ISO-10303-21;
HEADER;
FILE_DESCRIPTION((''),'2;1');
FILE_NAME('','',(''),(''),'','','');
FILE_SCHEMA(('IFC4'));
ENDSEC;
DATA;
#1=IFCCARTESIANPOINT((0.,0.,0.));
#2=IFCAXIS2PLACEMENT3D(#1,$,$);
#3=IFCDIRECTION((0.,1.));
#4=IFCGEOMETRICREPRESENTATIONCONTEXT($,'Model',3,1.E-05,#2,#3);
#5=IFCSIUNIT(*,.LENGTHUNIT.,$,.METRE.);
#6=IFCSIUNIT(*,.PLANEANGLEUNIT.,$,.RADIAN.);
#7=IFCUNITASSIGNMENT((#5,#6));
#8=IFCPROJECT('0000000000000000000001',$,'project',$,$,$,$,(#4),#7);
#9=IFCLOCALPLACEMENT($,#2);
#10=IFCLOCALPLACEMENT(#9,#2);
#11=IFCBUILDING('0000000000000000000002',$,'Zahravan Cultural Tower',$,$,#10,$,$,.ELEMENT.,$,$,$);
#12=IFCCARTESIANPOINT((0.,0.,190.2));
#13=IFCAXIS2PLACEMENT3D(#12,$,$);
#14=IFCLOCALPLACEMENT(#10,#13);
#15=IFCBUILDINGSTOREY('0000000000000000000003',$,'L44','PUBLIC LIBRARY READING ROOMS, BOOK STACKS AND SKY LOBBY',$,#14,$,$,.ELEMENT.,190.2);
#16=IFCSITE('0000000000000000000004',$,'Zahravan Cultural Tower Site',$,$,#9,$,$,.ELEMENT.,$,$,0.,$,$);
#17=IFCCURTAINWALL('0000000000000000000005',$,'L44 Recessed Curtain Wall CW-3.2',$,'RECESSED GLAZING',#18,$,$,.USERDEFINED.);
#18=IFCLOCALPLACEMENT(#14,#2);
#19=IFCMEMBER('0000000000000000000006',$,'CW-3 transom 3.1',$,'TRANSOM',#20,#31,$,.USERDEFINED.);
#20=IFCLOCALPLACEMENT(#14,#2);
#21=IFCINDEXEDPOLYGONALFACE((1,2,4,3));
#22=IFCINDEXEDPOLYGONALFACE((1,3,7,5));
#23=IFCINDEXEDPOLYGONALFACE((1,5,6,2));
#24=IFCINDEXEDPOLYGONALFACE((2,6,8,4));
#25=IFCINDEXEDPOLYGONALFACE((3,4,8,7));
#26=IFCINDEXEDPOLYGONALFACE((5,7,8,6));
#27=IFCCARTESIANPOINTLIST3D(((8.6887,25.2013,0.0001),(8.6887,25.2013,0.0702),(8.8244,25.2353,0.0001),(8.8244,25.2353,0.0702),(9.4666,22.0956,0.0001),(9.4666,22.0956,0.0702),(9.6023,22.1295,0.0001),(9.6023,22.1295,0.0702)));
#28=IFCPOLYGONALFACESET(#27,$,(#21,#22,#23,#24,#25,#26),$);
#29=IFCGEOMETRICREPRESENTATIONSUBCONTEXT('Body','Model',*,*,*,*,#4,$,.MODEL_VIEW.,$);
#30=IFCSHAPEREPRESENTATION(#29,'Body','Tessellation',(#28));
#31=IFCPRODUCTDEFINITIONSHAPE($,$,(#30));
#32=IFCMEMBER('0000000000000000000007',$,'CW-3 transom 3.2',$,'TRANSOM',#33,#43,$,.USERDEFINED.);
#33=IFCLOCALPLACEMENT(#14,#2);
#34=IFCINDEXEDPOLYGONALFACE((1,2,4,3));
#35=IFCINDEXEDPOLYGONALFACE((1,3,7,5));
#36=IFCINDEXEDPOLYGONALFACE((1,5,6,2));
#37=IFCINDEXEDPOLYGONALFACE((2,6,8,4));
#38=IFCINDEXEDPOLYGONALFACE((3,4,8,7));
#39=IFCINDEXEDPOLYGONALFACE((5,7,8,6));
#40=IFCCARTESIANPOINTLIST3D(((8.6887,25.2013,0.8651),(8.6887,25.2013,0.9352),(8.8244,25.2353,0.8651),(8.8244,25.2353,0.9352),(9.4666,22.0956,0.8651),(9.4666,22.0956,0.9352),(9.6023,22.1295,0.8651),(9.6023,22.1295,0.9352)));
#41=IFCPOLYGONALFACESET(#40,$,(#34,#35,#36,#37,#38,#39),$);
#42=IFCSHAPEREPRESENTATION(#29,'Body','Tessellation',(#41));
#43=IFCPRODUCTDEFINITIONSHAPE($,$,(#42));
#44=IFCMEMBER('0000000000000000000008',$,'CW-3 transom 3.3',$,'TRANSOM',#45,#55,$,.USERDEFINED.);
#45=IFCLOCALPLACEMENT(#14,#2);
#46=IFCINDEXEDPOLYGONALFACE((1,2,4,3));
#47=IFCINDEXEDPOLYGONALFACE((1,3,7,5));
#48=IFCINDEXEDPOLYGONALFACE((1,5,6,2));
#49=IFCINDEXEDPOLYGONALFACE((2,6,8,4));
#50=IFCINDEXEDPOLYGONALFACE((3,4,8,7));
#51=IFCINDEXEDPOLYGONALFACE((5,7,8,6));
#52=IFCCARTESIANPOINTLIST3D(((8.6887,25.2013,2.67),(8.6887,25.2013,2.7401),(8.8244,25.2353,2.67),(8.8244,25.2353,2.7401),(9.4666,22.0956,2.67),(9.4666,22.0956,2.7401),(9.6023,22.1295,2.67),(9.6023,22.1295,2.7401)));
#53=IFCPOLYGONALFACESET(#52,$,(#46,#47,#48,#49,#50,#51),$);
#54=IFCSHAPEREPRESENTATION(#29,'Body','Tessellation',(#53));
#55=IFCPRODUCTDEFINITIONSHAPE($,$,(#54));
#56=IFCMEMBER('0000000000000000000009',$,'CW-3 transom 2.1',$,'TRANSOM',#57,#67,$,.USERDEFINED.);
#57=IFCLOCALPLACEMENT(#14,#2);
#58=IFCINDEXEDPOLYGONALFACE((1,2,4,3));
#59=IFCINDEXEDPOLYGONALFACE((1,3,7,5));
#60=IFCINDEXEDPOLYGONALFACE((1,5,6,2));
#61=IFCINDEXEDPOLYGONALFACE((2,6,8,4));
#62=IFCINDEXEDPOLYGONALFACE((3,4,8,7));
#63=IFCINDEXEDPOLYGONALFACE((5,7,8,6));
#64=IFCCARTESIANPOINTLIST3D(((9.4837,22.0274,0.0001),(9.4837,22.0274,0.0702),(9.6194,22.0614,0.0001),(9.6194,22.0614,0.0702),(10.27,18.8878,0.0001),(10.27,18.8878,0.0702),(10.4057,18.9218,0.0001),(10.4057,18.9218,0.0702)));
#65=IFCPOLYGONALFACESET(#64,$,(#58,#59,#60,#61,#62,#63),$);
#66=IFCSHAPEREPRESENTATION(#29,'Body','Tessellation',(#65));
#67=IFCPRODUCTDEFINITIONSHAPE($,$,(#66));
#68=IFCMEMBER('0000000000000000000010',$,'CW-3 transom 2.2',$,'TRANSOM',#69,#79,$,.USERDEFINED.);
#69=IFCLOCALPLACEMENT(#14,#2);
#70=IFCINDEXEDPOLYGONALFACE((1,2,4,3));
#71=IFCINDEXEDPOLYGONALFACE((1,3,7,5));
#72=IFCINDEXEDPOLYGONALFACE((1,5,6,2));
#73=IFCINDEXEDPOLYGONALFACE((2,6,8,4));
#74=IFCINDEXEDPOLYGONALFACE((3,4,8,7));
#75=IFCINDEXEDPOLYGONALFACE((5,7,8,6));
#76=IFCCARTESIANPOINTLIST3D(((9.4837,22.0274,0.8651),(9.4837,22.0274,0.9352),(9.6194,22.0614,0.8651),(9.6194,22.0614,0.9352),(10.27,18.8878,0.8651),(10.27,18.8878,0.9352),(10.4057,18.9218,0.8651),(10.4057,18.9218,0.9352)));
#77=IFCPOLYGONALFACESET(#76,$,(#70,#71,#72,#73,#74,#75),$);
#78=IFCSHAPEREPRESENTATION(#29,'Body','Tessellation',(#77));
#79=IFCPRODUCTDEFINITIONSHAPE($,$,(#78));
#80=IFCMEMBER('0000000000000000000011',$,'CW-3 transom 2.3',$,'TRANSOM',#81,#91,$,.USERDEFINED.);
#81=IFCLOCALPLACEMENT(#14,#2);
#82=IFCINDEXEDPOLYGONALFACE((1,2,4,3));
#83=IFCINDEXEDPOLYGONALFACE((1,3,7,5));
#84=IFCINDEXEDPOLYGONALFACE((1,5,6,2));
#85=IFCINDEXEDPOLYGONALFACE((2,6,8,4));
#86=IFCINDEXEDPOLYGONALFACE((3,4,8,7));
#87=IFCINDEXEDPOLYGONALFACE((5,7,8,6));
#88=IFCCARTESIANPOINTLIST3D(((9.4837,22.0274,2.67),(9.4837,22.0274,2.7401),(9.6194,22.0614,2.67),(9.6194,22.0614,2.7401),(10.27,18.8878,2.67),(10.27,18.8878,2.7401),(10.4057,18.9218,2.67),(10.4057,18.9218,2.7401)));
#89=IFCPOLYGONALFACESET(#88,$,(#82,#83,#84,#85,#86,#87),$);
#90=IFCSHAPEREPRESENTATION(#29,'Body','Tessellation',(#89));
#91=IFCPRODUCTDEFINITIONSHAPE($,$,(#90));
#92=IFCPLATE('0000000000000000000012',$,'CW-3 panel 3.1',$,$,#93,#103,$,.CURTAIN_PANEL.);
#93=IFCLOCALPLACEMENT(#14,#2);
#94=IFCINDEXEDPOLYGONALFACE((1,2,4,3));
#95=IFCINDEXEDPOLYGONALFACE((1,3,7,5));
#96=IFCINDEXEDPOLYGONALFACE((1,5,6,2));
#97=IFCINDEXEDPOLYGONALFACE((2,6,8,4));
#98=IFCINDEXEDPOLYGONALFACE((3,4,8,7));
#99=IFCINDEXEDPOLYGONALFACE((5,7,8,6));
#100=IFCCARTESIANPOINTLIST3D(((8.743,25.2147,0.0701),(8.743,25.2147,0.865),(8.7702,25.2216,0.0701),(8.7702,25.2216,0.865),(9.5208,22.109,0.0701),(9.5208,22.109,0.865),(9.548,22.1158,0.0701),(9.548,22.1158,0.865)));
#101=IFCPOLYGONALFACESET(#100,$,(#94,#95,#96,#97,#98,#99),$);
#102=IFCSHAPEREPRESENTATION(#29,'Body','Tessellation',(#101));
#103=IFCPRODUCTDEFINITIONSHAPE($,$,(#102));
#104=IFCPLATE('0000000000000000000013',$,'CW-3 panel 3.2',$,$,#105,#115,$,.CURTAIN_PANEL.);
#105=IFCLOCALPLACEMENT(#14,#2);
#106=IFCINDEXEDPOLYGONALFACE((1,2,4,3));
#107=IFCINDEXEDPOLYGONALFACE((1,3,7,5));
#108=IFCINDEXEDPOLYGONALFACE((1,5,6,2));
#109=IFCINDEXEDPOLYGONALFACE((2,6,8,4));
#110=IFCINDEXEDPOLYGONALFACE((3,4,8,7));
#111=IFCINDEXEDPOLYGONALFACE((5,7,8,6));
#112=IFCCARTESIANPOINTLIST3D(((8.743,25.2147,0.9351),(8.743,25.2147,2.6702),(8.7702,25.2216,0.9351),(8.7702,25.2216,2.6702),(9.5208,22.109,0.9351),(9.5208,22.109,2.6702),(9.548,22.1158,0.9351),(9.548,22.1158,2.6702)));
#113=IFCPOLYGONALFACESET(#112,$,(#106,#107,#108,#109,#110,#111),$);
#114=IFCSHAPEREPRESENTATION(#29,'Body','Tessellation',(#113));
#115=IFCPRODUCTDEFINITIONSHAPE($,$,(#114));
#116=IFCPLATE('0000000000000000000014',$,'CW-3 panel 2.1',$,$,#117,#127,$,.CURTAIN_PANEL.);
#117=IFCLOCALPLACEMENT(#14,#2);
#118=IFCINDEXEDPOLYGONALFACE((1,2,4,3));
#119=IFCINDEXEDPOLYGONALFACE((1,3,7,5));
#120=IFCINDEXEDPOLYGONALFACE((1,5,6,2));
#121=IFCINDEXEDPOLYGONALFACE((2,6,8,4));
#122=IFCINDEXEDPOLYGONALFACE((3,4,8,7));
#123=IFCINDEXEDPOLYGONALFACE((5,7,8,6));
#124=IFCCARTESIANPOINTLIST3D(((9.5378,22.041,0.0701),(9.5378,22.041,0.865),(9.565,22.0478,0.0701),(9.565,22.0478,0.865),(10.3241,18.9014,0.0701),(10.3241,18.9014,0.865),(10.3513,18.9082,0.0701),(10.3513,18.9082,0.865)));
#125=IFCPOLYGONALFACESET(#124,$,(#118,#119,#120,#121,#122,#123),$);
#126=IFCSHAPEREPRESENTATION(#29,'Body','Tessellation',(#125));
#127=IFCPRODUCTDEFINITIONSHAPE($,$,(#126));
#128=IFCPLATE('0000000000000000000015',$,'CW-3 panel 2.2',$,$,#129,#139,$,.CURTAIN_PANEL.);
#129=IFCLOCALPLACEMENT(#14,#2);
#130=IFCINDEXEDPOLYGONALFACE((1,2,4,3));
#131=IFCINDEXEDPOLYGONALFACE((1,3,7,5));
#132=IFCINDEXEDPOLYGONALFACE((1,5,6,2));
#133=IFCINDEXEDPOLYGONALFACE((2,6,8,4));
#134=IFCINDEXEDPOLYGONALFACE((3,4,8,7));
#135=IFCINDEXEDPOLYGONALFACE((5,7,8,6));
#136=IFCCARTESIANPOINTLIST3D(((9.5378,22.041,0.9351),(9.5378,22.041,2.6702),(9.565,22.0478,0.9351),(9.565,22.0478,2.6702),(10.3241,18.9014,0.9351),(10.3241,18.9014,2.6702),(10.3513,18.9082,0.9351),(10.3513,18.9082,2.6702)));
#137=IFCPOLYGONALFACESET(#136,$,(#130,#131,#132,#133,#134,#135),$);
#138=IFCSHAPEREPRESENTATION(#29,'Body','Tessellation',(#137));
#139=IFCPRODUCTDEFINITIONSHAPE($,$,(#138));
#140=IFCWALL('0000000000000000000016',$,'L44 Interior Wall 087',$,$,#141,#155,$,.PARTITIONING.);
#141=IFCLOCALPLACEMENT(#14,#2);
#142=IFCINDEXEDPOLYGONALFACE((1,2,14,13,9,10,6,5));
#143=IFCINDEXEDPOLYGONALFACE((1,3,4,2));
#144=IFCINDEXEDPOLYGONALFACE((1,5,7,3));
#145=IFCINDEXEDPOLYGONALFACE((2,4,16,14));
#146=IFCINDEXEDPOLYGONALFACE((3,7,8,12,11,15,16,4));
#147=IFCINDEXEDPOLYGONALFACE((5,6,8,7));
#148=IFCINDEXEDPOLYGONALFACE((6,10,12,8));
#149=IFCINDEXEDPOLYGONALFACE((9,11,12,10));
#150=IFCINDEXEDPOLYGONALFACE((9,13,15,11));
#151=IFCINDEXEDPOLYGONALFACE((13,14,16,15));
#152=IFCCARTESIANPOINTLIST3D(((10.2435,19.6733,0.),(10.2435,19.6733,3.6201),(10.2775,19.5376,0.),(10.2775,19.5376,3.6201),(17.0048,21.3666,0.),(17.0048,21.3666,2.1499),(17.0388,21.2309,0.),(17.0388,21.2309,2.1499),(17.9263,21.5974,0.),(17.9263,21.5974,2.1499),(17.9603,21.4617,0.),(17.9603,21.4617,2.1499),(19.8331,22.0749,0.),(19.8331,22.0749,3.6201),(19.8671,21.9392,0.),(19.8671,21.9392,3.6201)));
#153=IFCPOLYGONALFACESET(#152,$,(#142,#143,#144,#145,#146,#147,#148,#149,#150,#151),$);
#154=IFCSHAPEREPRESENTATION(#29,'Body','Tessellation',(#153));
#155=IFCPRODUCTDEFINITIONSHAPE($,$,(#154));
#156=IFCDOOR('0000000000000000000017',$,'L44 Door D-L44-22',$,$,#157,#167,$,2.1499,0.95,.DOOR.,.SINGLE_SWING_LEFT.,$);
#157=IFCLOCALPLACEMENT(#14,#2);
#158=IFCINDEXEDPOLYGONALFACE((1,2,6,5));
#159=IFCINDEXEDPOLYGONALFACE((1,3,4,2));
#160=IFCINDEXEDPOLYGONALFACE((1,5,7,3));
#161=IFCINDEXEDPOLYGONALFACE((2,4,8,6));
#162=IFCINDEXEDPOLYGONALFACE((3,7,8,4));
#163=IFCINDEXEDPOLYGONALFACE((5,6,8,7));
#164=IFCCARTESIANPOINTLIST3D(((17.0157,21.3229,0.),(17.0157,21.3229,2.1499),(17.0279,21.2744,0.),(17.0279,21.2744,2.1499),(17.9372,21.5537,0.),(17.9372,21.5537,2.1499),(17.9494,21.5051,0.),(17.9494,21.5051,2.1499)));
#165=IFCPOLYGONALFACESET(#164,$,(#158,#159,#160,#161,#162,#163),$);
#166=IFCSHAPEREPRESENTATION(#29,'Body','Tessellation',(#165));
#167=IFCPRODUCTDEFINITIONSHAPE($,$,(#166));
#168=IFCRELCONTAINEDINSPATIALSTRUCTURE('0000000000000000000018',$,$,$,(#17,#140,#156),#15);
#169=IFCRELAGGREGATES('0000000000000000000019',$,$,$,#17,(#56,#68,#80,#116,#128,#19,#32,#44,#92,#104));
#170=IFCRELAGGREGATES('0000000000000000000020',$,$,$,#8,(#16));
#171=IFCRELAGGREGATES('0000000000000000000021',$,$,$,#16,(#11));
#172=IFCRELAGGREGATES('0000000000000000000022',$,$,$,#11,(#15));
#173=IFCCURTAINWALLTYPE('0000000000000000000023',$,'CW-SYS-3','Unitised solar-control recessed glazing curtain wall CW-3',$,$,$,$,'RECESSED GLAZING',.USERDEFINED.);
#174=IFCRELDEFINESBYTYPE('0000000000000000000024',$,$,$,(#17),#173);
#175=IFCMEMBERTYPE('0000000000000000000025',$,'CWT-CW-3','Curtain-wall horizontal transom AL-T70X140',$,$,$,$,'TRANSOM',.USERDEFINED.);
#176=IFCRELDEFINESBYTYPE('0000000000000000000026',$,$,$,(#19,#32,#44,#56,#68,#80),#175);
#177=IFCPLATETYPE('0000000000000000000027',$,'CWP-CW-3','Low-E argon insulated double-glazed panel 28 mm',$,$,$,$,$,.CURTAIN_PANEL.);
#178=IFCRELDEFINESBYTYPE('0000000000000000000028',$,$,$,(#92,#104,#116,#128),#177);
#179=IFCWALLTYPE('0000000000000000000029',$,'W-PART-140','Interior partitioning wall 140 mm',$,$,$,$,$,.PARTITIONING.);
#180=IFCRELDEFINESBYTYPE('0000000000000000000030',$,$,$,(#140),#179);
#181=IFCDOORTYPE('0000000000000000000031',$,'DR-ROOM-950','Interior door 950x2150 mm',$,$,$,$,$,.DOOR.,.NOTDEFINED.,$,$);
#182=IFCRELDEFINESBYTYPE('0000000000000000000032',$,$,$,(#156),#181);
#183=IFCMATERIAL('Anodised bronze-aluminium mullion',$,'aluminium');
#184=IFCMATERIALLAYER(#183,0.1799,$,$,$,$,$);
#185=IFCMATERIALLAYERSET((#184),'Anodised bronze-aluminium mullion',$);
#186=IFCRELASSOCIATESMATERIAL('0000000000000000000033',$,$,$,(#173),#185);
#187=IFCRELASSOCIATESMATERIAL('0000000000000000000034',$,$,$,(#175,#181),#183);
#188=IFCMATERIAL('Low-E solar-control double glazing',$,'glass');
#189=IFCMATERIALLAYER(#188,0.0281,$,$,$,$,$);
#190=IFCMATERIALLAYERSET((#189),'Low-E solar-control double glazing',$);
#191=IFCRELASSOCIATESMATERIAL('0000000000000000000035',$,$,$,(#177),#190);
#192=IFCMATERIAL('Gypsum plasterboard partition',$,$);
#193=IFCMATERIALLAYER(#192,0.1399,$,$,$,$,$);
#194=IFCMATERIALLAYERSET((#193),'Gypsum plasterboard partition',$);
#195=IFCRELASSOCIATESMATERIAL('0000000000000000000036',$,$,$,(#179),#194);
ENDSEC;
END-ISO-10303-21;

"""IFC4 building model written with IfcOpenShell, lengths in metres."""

from ifc_helpers import new_model, si_unit, direction, frame, frame_2d, origin, origin_2d, place, context, subcontext, project, spatial, rectangle, extrude, source, transform, mapped, material, layer, layer_set, material_profile, profile_set, type_object, element, fill, aggregate, save


model = new_model("IFC4")

# Units and contexts
model_context = context("Model", 3, precision=1e-05, world=origin(), true_north=direction((0.0, 1.0)))
body_context = subcontext(model_context, "Body", "Model", "MODEL_VIEW")
ifc_project = project(units=[si_unit("LENGTHUNIT", "METRE"), si_unit("PLANEANGLEUNIT", "RADIAN")], contexts=[model_context])

# Site, building, storey
site_placement = place(None, origin())
site = spatial("IfcSite", under=ifc_project, at=site_placement, Name="Zahravan Cultural Tower Site", CompositionType="ELEMENT", RefElevation=0.0)
building_placement = place(site_placement, origin())
building = spatial("IfcBuilding", under=site, at=building_placement, Name="Zahravan Cultural Tower", CompositionType="ELEMENT")
storey_placement = place(building_placement, frame((0.0, 0.0, 190.2)))
storey = spatial("IfcBuildingStorey", under=building, at=storey_placement, Name="L44", Description="PUBLIC LIBRARY READING ROOMS, BOOK STACKS AND SKY LOBBY", CompositionType="ELEMENT", Elevation=190.2)

# Curtain wall, members, plates
ifc_material_1 = material(Name="Anodised bronze-aluminium mullion", Category="aluminium")
ifc_layer_1 = layer(ifc_material_1, 0.1799)
ifc_layer_set_1 = layer_set([ifc_layer_1], Name="Anodised bronze-aluminium mullion")
curtain_wall_type = type_object("IfcCurtainWallType", Name="CW-SYS-3", Description="Unitised solar-control recessed glazing curtain wall CW-3", ElementType="RECESSED GLAZING", PredefinedType="USERDEFINED", material=ifc_layer_set_1)
curtain_wall_placement = place(storey_placement, origin())
curtain_wall = element("IfcCurtainWall", 1, at=curtain_wall_placement, inside=storey, type_object=curtain_wall_type, Name="L44 Recessed Curtain Wall CW-3.2", ObjectType="RECESSED GLAZING", PredefinedType="USERDEFINED")
ifc_material_profile_1 = material_profile(ifc_material_1, rectangle(XDim=0.1399, YDim=0.0701, at=origin_2d()), Name="AL-T70X140")
ifc_profile_set_1 = profile_set([ifc_material_profile_1], Name="Anodised bronze-aluminium mullion")
member_type_1 = type_object("IfcMemberType", Name="CWT-CW-3", Description="Curtain-wall horizontal transom AL-T70X140", ElementType="TRANSOM", PredefinedType="USERDEFINED", material=ifc_profile_set_1)
shared_shape_1 = source(origin(), body_context, "Body", "SweptSolid", [
    extrude(rectangle(XDim=0.1399, YDim=0.0701, at=origin_2d()), origin(), (0.0, 0.0, 1.0), 3.2017),
])
member_1_placement = place(storey_placement, frame((9.5344, 22.1125, 0.0352), z_axis=(-0.242948, 0.970039, 0.0), x_axis=(-0.970039, -0.242948, 0.0)))
member_1 = element("IfcMember", 2, at=member_1_placement, type_object=member_type_1, Name="CW-3 transom 3.1", ObjectType="TRANSOM", PredefinedType="USERDEFINED", context=body_context, shape_type="MappedRepresentation", body=[
    mapped(shared_shape_1, transform((0.0, 0.0, 0.0), x_axis=(1.0, 0.0, 0.0), y_axis=(0.0, 1.0, 0.0), z_axis=(0.0, 0.0, 1.0), scale=1.0)),
])
member_2_placement = place(storey_placement, frame((9.5344, 22.1125, 0.9001), z_axis=(-0.242948, 0.970039, 0.0), x_axis=(-0.970039, -0.242948, 0.0)))
member_2 = element("IfcMember", 3, at=member_2_placement, type_object=member_type_1, Name="CW-3 transom 3.2", ObjectType="TRANSOM", PredefinedType="USERDEFINED", context=body_context, shape_type="MappedRepresentation", body=[
    mapped(shared_shape_1, transform((0.0, 0.0, 0.0), x_axis=(1.0, 0.0, 0.0), y_axis=(0.0, 1.0, 0.0), z_axis=(0.0, 0.0, 1.0), scale=1.0)),
])
member_3_placement = place(storey_placement, frame((9.5344, 22.1125, 2.7051), z_axis=(-0.242948, 0.970039, 0.0), x_axis=(-0.970039, -0.242948, 0.0)))
member_3 = element("IfcMember", 4, at=member_3_placement, type_object=member_type_1, Name="CW-3 transom 3.3", ObjectType="TRANSOM", PredefinedType="USERDEFINED", context=body_context, shape_type="MappedRepresentation", body=[
    mapped(shared_shape_1, transform((0.0, 0.0, 0.0), x_axis=(1.0, 0.0, 0.0), y_axis=(0.0, 1.0, 0.0), z_axis=(0.0, 0.0, 1.0), scale=1.0)),
])
shared_shape_2 = source(origin(), body_context, "Body", "SweptSolid", [
    extrude(rectangle(XDim=0.1399, YDim=0.0701, at=origin_2d()), origin(), (0.0, 0.0, 1.0), 3.2366),
])
member_4_placement = place(storey_placement, frame((10.3379, 18.9048, 0.0352), z_axis=(-0.242962, 0.970036, 0.0), x_axis=(-0.970036, -0.242962, 0.0)))
member_4 = element("IfcMember", 5, at=member_4_placement, type_object=member_type_1, Name="CW-3 transom 2.1", ObjectType="TRANSOM", PredefinedType="USERDEFINED", context=body_context, shape_type="MappedRepresentation", body=[
    mapped(shared_shape_2, transform((0.0, 0.0, 0.0), x_axis=(1.0, 0.0, 0.0), y_axis=(0.0, 1.0, 0.0), z_axis=(0.0, 0.0, 1.0), scale=1.0)),
])
member_5_placement = place(storey_placement, frame((10.3379, 18.9048, 0.9001), z_axis=(-0.242962, 0.970036, 0.0), x_axis=(-0.970036, -0.242962, 0.0)))
member_5 = element("IfcMember", 6, at=member_5_placement, type_object=member_type_1, Name="CW-3 transom 2.2", ObjectType="TRANSOM", PredefinedType="USERDEFINED", context=body_context, shape_type="MappedRepresentation", body=[
    mapped(shared_shape_2, transform((0.0, 0.0, 0.0), x_axis=(1.0, 0.0, 0.0), y_axis=(0.0, 1.0, 0.0), z_axis=(0.0, 0.0, 1.0), scale=1.0)),
])
member_6_placement = place(storey_placement, frame((10.3379, 18.9048, 2.7051), z_axis=(-0.242962, 0.970036, 0.0), x_axis=(-0.970036, -0.242962, 0.0)))
member_6 = element("IfcMember", 7, at=member_6_placement, type_object=member_type_1, Name="CW-3 transom 2.3", ObjectType="TRANSOM", PredefinedType="USERDEFINED", context=body_context, shape_type="MappedRepresentation", body=[
    mapped(shared_shape_2, transform((0.0, 0.0, 0.0), x_axis=(1.0, 0.0, 0.0), y_axis=(0.0, 1.0, 0.0), z_axis=(0.0, 0.0, 1.0), scale=1.0)),
])
ifc_material_2 = material(Name="Low-E solar-control double glazing", Category="glass")
ifc_layer_2 = layer(ifc_material_2, 0.0281)
ifc_layer_set_2 = layer_set([ifc_layer_2], Name="Low-E solar-control double glazing")
plate_type = type_object("IfcPlateType", Name="CWP-CW-3", Description="Low-E argon insulated double-glazed panel 28 mm", PredefinedType="CURTAIN_PANEL", material=ifc_layer_set_2)
shared_shape_3 = source(origin(), body_context, "Body", "SweptSolid", [
    extrude(rectangle(XDim=3.2017, YDim=0.0281, at=origin_2d()), origin(), (0.0, 0.0, 1.0), 0.7949),
])
plate_1_placement = place(storey_placement, frame((9.1455, 23.6653, 0.0701), z_axis=(0.0, 0.0, 1.0), x_axis=(-0.242944, 0.97004, 0.0)))
plate_1 = element("IfcPlate", 8, at=plate_1_placement, type_object=plate_type, Name="CW-3 panel 3.1", PredefinedType="CURTAIN_PANEL", context=body_context, shape_type="MappedRepresentation", body=[
    mapped(shared_shape_3, transform((0.0, 0.0, 0.0), x_axis=(1.0, 0.0, 0.0), y_axis=(0.0, 1.0, 0.0), z_axis=(0.0, 0.0, 1.0), scale=1.0)),
])
shared_shape_4 = source(origin(), body_context, "Body", "SweptSolid", [
    extrude(rectangle(XDim=3.2017, YDim=0.0281, at=origin_2d()), origin(), (0.0, 0.0, 1.0), 1.7351),
])
plate_2_placement = place(storey_placement, frame((9.1455, 23.6653, 0.9351), z_axis=(0.0, 0.0, 1.0), x_axis=(-0.242944, 0.97004, 0.0)))
plate_2 = element("IfcPlate", 9, at=plate_2_placement, type_object=plate_type, Name="CW-3 panel 3.2", PredefinedType="CURTAIN_PANEL", context=body_context, shape_type="MappedRepresentation", body=[
    mapped(shared_shape_4, transform((0.0, 0.0, 0.0), x_axis=(1.0, 0.0, 0.0), y_axis=(0.0, 1.0, 0.0), z_axis=(0.0, 0.0, 1.0), scale=1.0)),
])
shared_shape_5 = source(origin(), body_context, "Body", "SweptSolid", [
    extrude(rectangle(XDim=3.2366, YDim=0.0281, at=origin_2d()), origin(), (0.0, 0.0, 1.0), 0.7949),
])
plate_3_placement = place(storey_placement, frame((9.9446, 20.4746, 0.0701), z_axis=(0.0, 0.0, 1.0), x_axis=(-0.242944, 0.97004, 0.0)))
plate_3 = element("IfcPlate", 10, at=plate_3_placement, type_object=plate_type, Name="CW-3 panel 2.1", PredefinedType="CURTAIN_PANEL", context=body_context, shape_type="MappedRepresentation", body=[
    mapped(shared_shape_5, transform((0.0, 0.0, 0.0), x_axis=(1.0, 0.0, 0.0), y_axis=(0.0, 1.0, 0.0), z_axis=(0.0, 0.0, 1.0), scale=1.0)),
])
shared_shape_6 = source(origin(), body_context, "Body", "SweptSolid", [
    extrude(rectangle(XDim=3.2366, YDim=0.0281, at=origin_2d()), origin(), (0.0, 0.0, 1.0), 1.7351),
])
plate_4_placement = place(storey_placement, frame((9.9446, 20.4746, 0.9351), z_axis=(0.0, 0.0, 1.0), x_axis=(-0.242944, 0.97004, 0.0)))
plate_4 = element("IfcPlate", 11, at=plate_4_placement, type_object=plate_type, Name="CW-3 panel 2.2", PredefinedType="CURTAIN_PANEL", context=body_context, shape_type="MappedRepresentation", body=[
    mapped(shared_shape_6, transform((0.0, 0.0, 0.0), x_axis=(1.0, 0.0, 0.0), y_axis=(0.0, 1.0, 0.0), z_axis=(0.0, 0.0, 1.0), scale=1.0)),
])
aggregate(curtain_wall, [member_4, member_5, member_6, plate_3, plate_4, member_1, member_2, member_3, plate_1, plate_2])

# Wall, opening, door
ifc_material_3 = material(Name="Gypsum plasterboard partition")
ifc_layer_3 = layer(ifc_material_3, 0.1399)
ifc_layer_set_3 = layer_set([ifc_layer_3], Name="Gypsum plasterboard partition")
wall_type = type_object("IfcWallType", Name="W-PART-140", Description="Interior partitioning wall 140 mm", PredefinedType="PARTITIONING", material=ifc_layer_set_3)
wall_1_placement = place(storey_placement, frame((10.2605, 19.6055, 0.0), z_axis=(0.0, 0.0, 1.0), x_axis=(0.970042, 0.242937, 0.0)))
wall_1 = element("IfcWall", 12, at=wall_1_placement, inside=storey, type_object=wall_type, Name="L44 Interior Wall 087", PredefinedType="PARTITIONING", context=body_context, shape_type="SweptSolid", body=[
    extrude(rectangle(XDim=9.8857, YDim=0.1399, at=frame_2d((4.9429, 0.0))), origin(), (0.0, 0.0, 1.0), 3.6201),
])
opening_1_placement = place(wall_1_placement, frame((6.97, 0.0, 0.0)))
opening_1 = element("IfcOpeningElement", 13, at=opening_1_placement, cuts=wall_1, PredefinedType="OPENING", context=body_context, shape_type="SweptSolid", body=[
    extrude(rectangle(XDim=0.95, YDim=2.1499, at=frame_2d((0.4751, 1.075))), frame((0.0, 0.0798, 0.0), z_axis=(0.0, -1.0, 0.0), x_axis=(1.0, 0.0, 0.0)), (0.0, 0.0, 1.0), 0.1599),
])
door_type = type_object("IfcDoorType", Name="DR-ROOM-950", Description="Interior door 950x2150 mm", OperationType="NOTDEFINED", PredefinedType="DOOR", material=ifc_material_1)
shared_shape_7 = source(origin(), body_context, "Body", "SweptSolid", [
    extrude(rectangle(XDim=0.95, YDim=2.1499, at=frame_2d((0.4751, 1.075))), frame((0.0, 0.0249, 0.0), z_axis=(0.0, -1.0, 0.0), x_axis=(1.0, 0.0, 0.0)), (0.0, 0.0, 1.0), 0.05),
])
door_1_placement = place(opening_1_placement, origin())
door_1 = element("IfcDoor", 14, at=door_1_placement, inside=storey, type_object=door_type, Name="L44 Door D-L44-22", OperationType="SINGLE_SWING_LEFT", OverallHeight=2.1499, OverallWidth=0.95, PredefinedType="DOOR", context=body_context, shape_type="MappedRepresentation", body=[
    mapped(shared_shape_7, transform((0.0, 0.0, 0.0), x_axis=(1.0, 0.0, 0.0), y_axis=(0.0, 1.0, 0.0), z_axis=(0.0, 0.0, 1.0), scale=1.0)),
])
fill(opening_1, door_1)

save(model, "model.ifc")
